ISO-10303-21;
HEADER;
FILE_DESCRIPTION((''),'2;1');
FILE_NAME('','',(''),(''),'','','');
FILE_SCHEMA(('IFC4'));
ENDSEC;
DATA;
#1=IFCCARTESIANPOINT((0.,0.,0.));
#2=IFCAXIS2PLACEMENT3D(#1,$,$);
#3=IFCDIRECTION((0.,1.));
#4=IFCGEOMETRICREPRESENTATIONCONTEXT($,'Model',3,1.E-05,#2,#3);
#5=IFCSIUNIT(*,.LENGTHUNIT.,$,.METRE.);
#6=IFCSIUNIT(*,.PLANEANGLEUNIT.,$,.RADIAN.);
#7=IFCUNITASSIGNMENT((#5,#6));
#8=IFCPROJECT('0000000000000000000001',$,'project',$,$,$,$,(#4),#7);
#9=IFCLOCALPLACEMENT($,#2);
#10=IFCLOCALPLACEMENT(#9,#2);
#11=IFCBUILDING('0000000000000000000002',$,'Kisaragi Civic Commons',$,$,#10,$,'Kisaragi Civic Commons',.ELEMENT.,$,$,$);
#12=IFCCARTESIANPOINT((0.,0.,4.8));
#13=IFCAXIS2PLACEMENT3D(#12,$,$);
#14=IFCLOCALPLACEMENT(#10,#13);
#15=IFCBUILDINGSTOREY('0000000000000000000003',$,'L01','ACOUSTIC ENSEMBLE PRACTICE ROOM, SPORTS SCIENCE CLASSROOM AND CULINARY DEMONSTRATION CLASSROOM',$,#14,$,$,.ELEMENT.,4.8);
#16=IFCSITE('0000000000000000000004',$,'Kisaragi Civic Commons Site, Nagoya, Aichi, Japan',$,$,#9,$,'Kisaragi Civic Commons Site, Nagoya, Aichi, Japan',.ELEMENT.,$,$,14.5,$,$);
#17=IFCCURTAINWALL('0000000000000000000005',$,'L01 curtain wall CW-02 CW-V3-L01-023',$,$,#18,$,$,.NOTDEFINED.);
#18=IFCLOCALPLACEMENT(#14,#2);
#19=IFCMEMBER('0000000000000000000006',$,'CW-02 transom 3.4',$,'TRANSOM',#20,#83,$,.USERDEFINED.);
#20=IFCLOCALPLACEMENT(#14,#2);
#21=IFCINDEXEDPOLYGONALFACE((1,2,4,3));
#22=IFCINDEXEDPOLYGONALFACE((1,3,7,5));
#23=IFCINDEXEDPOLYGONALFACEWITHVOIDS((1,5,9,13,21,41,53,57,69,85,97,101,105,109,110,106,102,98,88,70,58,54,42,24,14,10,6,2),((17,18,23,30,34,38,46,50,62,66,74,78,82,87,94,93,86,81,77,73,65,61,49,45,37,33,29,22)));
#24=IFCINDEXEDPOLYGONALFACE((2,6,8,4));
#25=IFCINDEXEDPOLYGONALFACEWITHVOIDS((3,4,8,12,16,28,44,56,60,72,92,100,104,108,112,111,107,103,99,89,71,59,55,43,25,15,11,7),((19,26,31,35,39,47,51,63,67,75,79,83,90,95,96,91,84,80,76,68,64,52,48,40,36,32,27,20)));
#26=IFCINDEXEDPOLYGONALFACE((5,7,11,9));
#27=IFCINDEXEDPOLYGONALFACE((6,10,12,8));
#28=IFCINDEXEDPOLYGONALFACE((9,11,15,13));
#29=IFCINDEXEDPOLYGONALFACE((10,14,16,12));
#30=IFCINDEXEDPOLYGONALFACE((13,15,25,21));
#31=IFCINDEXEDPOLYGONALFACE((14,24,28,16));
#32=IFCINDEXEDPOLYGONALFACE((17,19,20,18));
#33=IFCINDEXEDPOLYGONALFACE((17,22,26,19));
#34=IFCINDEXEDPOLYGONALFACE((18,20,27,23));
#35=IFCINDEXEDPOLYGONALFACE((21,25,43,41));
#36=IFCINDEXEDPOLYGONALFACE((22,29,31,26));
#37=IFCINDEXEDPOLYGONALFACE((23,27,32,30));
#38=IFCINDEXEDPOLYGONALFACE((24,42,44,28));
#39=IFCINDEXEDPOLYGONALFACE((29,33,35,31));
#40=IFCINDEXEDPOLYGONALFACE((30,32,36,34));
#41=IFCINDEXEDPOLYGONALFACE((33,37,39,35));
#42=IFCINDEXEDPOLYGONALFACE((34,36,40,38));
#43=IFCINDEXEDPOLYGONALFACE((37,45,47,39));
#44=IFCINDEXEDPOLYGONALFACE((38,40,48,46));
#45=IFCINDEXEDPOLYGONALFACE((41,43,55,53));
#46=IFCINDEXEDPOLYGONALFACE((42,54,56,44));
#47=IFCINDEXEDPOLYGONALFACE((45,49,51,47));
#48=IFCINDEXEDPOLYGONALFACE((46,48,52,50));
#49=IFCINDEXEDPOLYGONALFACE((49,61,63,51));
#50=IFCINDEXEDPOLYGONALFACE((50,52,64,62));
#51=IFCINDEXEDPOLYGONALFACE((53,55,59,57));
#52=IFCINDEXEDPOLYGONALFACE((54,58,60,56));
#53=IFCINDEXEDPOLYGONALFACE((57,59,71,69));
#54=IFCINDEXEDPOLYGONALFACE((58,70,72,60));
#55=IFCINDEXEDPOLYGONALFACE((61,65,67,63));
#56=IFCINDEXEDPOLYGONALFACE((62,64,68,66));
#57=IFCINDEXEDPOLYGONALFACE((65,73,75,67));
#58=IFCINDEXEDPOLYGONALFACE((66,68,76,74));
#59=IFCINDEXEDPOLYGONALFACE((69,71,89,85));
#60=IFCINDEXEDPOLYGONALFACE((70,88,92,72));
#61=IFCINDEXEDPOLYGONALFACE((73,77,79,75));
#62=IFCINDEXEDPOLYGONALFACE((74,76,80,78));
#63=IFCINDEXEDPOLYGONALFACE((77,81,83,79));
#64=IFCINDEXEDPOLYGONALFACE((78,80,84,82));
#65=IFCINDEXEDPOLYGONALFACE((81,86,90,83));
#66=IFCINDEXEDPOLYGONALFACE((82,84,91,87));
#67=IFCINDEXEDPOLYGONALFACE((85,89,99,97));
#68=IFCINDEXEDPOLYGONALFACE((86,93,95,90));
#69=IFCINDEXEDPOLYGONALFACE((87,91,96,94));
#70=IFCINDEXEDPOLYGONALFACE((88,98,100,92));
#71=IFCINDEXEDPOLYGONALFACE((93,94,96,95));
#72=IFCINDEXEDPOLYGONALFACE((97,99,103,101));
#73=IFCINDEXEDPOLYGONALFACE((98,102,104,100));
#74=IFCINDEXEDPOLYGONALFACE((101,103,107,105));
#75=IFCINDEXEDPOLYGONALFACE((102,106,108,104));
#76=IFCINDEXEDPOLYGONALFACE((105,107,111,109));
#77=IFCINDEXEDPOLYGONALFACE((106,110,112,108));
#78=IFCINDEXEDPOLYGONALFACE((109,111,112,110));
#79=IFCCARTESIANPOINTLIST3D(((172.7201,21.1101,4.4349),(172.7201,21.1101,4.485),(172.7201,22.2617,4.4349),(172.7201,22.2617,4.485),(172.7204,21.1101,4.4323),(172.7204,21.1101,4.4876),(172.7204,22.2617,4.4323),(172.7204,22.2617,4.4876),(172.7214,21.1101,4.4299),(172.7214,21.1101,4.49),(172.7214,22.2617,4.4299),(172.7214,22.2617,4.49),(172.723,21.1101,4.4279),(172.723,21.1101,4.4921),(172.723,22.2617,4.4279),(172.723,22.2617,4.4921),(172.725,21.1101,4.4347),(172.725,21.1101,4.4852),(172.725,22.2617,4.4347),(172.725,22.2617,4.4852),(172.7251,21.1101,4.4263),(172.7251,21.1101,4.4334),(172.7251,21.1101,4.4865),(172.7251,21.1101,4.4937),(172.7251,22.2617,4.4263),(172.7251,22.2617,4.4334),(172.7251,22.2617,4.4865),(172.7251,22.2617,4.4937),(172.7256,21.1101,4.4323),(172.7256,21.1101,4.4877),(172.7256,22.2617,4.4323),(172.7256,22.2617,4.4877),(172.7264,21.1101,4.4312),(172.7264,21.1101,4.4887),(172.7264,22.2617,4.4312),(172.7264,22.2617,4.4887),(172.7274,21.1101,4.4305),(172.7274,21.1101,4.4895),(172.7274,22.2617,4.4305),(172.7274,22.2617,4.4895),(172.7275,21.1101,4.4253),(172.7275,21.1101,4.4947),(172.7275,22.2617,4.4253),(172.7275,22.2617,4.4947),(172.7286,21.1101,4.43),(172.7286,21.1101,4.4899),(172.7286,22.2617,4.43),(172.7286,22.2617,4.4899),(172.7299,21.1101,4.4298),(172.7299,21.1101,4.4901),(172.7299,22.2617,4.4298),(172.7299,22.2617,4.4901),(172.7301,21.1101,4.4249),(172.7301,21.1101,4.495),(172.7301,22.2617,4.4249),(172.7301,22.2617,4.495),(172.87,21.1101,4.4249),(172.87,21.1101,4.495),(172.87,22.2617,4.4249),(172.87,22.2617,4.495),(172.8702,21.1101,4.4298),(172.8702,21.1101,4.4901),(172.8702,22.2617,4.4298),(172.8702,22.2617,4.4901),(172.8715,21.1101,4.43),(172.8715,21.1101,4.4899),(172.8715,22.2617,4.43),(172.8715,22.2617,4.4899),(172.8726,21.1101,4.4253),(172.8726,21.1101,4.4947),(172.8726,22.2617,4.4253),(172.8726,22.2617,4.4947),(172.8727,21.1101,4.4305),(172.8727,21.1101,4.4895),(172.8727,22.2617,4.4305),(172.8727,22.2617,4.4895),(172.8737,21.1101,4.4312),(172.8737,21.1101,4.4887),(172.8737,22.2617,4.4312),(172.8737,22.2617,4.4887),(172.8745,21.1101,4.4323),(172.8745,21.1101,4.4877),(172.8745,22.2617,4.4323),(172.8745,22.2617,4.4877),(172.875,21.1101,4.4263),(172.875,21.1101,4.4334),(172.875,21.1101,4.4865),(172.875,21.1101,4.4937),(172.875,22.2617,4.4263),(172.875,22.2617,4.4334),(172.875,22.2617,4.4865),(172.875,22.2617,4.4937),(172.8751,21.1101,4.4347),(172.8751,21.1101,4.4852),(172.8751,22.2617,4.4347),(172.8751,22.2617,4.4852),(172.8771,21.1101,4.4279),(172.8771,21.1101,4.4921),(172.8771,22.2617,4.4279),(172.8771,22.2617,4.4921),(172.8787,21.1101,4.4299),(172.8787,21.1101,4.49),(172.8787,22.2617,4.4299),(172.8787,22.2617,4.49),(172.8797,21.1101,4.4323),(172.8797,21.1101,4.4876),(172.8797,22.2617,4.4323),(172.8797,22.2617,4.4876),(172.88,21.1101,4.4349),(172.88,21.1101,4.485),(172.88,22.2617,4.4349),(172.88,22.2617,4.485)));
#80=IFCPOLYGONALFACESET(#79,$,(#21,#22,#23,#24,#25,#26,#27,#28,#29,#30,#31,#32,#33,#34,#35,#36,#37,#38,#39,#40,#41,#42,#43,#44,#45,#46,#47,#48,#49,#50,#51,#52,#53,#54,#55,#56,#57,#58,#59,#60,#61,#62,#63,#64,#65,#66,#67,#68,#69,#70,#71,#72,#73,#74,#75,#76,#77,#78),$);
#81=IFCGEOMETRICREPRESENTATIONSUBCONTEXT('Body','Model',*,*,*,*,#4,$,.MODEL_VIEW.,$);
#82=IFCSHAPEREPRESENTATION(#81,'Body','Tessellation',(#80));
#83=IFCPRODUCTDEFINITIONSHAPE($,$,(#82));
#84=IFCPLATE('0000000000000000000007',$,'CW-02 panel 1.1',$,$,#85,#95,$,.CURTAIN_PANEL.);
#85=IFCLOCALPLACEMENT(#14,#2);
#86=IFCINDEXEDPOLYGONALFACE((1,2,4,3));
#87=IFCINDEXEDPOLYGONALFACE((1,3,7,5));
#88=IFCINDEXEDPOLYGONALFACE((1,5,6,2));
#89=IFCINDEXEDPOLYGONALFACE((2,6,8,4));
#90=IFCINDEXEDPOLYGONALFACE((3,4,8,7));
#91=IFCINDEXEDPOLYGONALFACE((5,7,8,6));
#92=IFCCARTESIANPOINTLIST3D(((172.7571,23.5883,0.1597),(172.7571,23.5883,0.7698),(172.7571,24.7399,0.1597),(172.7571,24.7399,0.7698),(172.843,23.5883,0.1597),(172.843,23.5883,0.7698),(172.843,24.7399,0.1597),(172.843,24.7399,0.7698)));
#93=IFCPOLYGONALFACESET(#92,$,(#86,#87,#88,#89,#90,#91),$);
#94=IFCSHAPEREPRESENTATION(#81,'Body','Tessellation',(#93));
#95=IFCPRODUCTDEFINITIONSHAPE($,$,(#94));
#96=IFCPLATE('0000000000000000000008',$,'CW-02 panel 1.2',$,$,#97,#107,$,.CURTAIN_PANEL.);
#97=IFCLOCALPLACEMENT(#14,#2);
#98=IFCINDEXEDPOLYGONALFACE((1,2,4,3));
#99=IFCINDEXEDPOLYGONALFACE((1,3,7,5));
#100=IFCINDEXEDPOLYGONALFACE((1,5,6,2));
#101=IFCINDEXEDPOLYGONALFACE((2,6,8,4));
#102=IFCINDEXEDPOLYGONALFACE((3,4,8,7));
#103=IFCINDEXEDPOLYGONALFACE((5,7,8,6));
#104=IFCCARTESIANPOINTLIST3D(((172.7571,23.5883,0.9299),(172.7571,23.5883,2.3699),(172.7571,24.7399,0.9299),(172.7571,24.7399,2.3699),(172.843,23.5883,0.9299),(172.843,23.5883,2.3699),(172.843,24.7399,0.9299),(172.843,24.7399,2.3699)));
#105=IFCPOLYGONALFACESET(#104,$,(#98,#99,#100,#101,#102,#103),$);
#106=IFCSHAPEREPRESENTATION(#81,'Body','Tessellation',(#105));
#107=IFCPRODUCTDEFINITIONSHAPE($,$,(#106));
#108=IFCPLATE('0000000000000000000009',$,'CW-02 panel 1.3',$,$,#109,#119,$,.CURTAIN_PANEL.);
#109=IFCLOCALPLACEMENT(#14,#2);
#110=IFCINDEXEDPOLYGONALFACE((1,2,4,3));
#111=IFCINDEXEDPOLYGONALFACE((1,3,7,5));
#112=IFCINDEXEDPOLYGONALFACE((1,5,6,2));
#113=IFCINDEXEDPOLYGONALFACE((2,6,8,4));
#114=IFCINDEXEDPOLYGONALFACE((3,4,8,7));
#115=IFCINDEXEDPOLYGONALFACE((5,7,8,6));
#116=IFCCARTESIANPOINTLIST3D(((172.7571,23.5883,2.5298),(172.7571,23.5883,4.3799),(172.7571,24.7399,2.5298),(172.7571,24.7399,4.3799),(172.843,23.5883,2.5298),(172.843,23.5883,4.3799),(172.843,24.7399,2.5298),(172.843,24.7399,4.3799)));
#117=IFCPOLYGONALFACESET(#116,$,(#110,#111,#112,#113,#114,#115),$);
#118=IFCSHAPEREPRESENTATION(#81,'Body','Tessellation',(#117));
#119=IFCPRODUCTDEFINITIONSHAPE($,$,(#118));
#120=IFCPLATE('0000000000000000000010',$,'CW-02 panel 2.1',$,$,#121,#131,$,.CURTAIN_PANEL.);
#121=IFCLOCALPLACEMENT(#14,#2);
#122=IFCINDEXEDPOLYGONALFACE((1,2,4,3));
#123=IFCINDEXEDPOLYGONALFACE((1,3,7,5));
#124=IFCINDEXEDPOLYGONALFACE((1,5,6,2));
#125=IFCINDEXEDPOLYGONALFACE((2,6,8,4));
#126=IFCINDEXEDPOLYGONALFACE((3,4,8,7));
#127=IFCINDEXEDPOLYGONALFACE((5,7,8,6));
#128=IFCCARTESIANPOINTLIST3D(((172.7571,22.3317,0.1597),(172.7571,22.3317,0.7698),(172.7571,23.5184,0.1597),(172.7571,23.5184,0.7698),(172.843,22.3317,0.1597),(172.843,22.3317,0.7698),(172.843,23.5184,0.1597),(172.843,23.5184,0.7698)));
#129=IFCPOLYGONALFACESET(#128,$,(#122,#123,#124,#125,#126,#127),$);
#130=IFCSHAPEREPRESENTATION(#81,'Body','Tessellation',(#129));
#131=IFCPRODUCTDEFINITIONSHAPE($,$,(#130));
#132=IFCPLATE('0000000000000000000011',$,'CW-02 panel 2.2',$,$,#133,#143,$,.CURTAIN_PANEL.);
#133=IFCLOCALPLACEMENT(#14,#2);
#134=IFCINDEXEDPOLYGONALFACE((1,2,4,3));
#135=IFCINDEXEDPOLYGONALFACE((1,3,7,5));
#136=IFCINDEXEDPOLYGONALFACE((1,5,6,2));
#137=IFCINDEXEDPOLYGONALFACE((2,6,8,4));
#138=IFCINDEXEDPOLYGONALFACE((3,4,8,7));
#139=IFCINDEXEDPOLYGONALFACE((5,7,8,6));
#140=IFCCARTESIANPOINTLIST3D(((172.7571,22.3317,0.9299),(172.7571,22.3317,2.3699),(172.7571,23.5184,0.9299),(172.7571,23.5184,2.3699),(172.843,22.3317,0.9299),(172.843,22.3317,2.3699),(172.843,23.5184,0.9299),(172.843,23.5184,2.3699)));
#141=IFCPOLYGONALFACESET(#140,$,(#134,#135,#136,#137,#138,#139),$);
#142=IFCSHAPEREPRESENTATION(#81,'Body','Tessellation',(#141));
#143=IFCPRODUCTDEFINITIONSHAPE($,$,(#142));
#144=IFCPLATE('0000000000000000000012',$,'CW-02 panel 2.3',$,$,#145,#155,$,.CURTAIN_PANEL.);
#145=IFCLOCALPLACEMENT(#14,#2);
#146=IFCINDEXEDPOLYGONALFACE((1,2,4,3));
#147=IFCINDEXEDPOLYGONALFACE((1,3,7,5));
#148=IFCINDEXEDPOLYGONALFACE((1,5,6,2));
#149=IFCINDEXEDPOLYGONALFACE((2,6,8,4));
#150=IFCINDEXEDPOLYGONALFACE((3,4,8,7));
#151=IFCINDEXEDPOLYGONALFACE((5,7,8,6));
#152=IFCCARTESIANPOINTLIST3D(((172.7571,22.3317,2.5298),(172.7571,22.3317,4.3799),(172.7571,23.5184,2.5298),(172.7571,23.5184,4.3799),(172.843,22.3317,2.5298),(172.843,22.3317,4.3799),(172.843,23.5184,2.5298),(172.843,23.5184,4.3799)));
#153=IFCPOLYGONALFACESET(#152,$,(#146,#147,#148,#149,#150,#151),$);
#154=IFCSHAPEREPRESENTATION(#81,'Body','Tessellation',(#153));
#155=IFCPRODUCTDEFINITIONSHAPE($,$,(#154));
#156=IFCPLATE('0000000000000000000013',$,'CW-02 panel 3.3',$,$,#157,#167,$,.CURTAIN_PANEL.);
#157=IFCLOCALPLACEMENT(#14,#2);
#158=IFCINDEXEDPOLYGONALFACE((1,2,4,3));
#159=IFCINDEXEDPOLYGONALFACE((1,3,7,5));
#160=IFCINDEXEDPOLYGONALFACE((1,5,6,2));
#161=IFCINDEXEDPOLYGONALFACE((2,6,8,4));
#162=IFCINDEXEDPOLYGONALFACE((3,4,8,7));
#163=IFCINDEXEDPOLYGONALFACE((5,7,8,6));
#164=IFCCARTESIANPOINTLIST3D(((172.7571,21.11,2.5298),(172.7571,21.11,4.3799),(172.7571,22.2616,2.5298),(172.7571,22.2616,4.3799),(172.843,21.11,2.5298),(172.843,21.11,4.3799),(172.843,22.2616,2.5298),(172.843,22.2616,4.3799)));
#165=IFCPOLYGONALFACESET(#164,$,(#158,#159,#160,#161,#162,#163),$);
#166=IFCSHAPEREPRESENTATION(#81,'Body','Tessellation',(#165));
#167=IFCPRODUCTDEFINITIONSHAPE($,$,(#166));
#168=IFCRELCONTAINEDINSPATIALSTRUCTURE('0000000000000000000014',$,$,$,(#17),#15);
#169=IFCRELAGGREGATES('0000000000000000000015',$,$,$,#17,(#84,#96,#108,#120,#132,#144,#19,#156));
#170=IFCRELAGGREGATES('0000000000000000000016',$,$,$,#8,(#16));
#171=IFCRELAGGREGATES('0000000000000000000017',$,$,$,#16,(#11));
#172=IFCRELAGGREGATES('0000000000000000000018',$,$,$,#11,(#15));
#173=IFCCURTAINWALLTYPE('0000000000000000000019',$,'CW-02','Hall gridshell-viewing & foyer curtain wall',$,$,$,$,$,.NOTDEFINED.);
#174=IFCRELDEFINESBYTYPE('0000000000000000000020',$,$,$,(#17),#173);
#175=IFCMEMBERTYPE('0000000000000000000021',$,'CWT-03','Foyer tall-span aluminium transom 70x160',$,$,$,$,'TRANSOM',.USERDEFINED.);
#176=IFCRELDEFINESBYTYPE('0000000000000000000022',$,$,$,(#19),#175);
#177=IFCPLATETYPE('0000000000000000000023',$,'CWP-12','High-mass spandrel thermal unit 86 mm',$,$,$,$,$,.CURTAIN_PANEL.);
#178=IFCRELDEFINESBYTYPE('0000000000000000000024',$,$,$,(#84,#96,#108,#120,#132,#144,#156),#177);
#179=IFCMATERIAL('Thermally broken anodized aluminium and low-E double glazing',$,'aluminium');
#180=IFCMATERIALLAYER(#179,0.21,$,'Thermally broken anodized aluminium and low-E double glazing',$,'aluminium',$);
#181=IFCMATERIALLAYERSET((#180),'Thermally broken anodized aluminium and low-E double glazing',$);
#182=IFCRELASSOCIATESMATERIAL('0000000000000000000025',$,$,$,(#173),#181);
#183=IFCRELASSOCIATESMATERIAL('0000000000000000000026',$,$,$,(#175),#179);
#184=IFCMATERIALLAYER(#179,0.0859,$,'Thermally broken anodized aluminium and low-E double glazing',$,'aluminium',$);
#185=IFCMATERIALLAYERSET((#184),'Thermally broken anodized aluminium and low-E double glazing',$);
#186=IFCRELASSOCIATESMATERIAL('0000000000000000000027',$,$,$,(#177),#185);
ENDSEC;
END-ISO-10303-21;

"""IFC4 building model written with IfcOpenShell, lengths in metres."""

from ifc_helpers import new_model, si_unit, direction, frame, origin, origin_2d, place, context, subcontext, project, spatial, rectangle, hollow_rectangle, extrude, material, layer, layer_set, material_profile, profile_set, type_object, element, aggregate, save


model = new_model("IFC4")

# Units and contexts
model_context = context("Model", 3, precision=1e-05, world=origin(), true_north=direction((0.0, 1.0)))
body_context = subcontext(model_context, "Body", "Model", "MODEL_VIEW")
ifc_project = project(units=[si_unit("LENGTHUNIT", "METRE"), si_unit("PLANEANGLEUNIT", "RADIAN")], contexts=[model_context])

# Site, building, storey
site_placement = place(None, origin())
site = spatial("IfcSite", under=ifc_project, at=site_placement, Name="Kisaragi Civic Commons Site, Nagoya, Aichi, Japan", LongName="Kisaragi Civic Commons Site, Nagoya, Aichi, Japan", CompositionType="ELEMENT", RefElevation=14.5)
building_placement = place(site_placement, origin())
building = spatial("IfcBuilding", under=site, at=building_placement, Name="Kisaragi Civic Commons", LongName="Kisaragi Civic Commons", CompositionType="ELEMENT")
storey_placement = place(building_placement, frame((0.0, 0.0, 4.8)))
storey = spatial("IfcBuildingStorey", under=building, at=storey_placement, Name="L01", Description="ACOUSTIC ENSEMBLE PRACTICE ROOM, SPORTS SCIENCE CLASSROOM AND CULINARY DEMONSTRATION CLASSROOM", CompositionType="ELEMENT", Elevation=4.8)

# Curtain wall, member, plates
ifc_material_1 = material(Name="Thermally broken anodized aluminium and low-E double glazing", Category="aluminium")
ifc_layer_1 = layer(ifc_material_1, 0.21, Name="Thermally broken anodized aluminium and low-E double glazing", Category="aluminium")
ifc_layer_set_1 = layer_set([ifc_layer_1], Name="Thermally broken anodized aluminium and low-E double glazing")
curtain_wall_type = type_object("IfcCurtainWallType", Name="CW-02", Description="Hall gridshell-viewing & foyer curtain wall", PredefinedType="NOTDEFINED", material=ifc_layer_set_1)
curtain_wall_placement = place(storey_placement, origin())
curtain_wall = element("IfcCurtainWall", 1, at=curtain_wall_placement, inside=storey, type_object=curtain_wall_type, Name="L01 curtain wall CW-02 CW-V3-L01-023", PredefinedType="NOTDEFINED")
ifc_material_profile_1 = material_profile(ifc_material_1, hollow_rectangle(XDim=0.1599, YDim=0.0701, WallThickness=0.0049, InnerFilletRadius=0.0049, OuterFilletRadius=0.01, at=origin_2d()), Name="CWT-70x160x5", Category="aluminium")
ifc_profile_set_1 = profile_set([ifc_material_profile_1], Name="Thermally broken anodized aluminium and low-E double glazing")
member_type_1 = type_object("IfcMemberType", Name="CWT-03", Description="Foyer tall-span aluminium transom 70x160", ElementType="TRANSOM", PredefinedType="USERDEFINED", material=ifc_profile_set_1)
member_1_placement = place(storey_placement, frame((172.8, 22.2617, 4.46), z_axis=(0.0, -1.0, 0.0), x_axis=(1.0, 0.0, 0.0)))
member_1 = element("IfcMember", 2, at=member_1_placement, type_object=member_type_1, Name="CW-02 transom 3.4", ObjectType="TRANSOM", PredefinedType="USERDEFINED", context=body_context, shape_type="SweptSolid", body=[
    extrude(hollow_rectangle(XDim=0.1599, YDim=0.0701, WallThickness=0.0049, InnerFilletRadius=0.0049, OuterFilletRadius=0.01, at=origin_2d()), origin(), (0.0, 0.0, 1.0), 1.1516),
])
ifc_layer_2 = layer(ifc_material_1, 0.0859, Name="Thermally broken anodized aluminium and low-E double glazing", Category="aluminium")
ifc_layer_set_2 = layer_set([ifc_layer_2], Name="Thermally broken anodized aluminium and low-E double glazing")
plate_type = type_object("IfcPlateType", Name="CWP-12", Description="High-mass spandrel thermal unit 86 mm", PredefinedType="CURTAIN_PANEL", material=ifc_layer_set_2)
plate_1_placement = place(storey_placement, frame((172.8, 24.1641, 0.1597), z_axis=(0.0, 0.0, 1.0), x_axis=(0.0, -1.0, 0.0)))
plate_1 = element("IfcPlate", 3, at=plate_1_placement, type_object=plate_type, Name="CW-02 panel 1.1", PredefinedType="CURTAIN_PANEL", context=body_context, shape_type="SweptSolid", body=[
    extrude(rectangle(XDim=1.1516, YDim=0.0859, at=origin_2d()), origin(), (0.0, 0.0, 1.0), 0.6101),
])
plate_2_placement = place(storey_placement, frame((172.8, 24.1641, 0.9299), z_axis=(0.0, 0.0, 1.0), x_axis=(0.0, -1.0, 0.0)))
plate_2 = element("IfcPlate", 4, at=plate_2_placement, type_object=plate_type, Name="CW-02 panel 1.2", PredefinedType="CURTAIN_PANEL", context=body_context, shape_type="SweptSolid", body=[
    extrude(rectangle(XDim=1.1516, YDim=0.0859, at=origin_2d()), origin(), (0.0, 0.0, 1.0), 1.4399),
])
plate_3_placement = place(storey_placement, frame((172.8, 24.1641, 2.5298), z_axis=(0.0, 0.0, 1.0), x_axis=(0.0, -1.0, 0.0)))
plate_3 = element("IfcPlate", 5, at=plate_3_placement, type_object=plate_type, Name="CW-02 panel 1.3", PredefinedType="CURTAIN_PANEL", context=body_context, shape_type="SweptSolid", body=[
    extrude(rectangle(XDim=1.1516, YDim=0.0859, at=origin_2d()), origin(), (0.0, 0.0, 1.0), 1.8501),
])
plate_4_placement = place(storey_placement, frame((172.8, 22.925, 0.1597), z_axis=(0.0, 0.0, 1.0), x_axis=(0.0, -1.0, 0.0)))
plate_4 = element("IfcPlate", 6, at=plate_4_placement, type_object=plate_type, Name="CW-02 panel 2.1", PredefinedType="CURTAIN_PANEL", context=body_context, shape_type="SweptSolid", body=[
    extrude(rectangle(XDim=1.1868, YDim=0.0859, at=origin_2d()), origin(), (0.0, 0.0, 1.0), 0.6101),
])
plate_5_placement = place(storey_placement, frame((172.8, 22.925, 0.9299), z_axis=(0.0, 0.0, 1.0), x_axis=(0.0, -1.0, 0.0)))
plate_5 = element("IfcPlate", 7, at=plate_5_placement, type_object=plate_type, Name="CW-02 panel 2.2", PredefinedType="CURTAIN_PANEL", context=body_context, shape_type="SweptSolid", body=[
    extrude(rectangle(XDim=1.1868, YDim=0.0859, at=origin_2d()), origin(), (0.0, 0.0, 1.0), 1.4399),
])
plate_6_placement = place(storey_placement, frame((172.8, 22.925, 2.5298), z_axis=(0.0, 0.0, 1.0), x_axis=(0.0, -1.0, 0.0)))
plate_6 = element("IfcPlate", 8, at=plate_6_placement, type_object=plate_type, Name="CW-02 panel 2.3", PredefinedType="CURTAIN_PANEL", context=body_context, shape_type="SweptSolid", body=[
    extrude(rectangle(XDim=1.1868, YDim=0.0859, at=origin_2d()), origin(), (0.0, 0.0, 1.0), 1.8501),
])
plate_7_placement = place(storey_placement, frame((172.8, 21.6858, 2.5298), z_axis=(0.0, 0.0, 1.0), x_axis=(0.0, -1.0, 0.0)))
plate_7 = element("IfcPlate", 9, at=plate_7_placement, type_object=plate_type, Name="CW-02 panel 3.3", PredefinedType="CURTAIN_PANEL", context=body_context, shape_type="SweptSolid", body=[
    extrude(rectangle(XDim=1.1516, YDim=0.0859, at=origin_2d()), origin(), (0.0, 0.0, 1.0), 1.8501),
])
aggregate(curtain_wall, [plate_1, plate_2, plate_3, plate_4, plate_5, plate_6, member_1, plate_7])

save(model, "model.ifc")
